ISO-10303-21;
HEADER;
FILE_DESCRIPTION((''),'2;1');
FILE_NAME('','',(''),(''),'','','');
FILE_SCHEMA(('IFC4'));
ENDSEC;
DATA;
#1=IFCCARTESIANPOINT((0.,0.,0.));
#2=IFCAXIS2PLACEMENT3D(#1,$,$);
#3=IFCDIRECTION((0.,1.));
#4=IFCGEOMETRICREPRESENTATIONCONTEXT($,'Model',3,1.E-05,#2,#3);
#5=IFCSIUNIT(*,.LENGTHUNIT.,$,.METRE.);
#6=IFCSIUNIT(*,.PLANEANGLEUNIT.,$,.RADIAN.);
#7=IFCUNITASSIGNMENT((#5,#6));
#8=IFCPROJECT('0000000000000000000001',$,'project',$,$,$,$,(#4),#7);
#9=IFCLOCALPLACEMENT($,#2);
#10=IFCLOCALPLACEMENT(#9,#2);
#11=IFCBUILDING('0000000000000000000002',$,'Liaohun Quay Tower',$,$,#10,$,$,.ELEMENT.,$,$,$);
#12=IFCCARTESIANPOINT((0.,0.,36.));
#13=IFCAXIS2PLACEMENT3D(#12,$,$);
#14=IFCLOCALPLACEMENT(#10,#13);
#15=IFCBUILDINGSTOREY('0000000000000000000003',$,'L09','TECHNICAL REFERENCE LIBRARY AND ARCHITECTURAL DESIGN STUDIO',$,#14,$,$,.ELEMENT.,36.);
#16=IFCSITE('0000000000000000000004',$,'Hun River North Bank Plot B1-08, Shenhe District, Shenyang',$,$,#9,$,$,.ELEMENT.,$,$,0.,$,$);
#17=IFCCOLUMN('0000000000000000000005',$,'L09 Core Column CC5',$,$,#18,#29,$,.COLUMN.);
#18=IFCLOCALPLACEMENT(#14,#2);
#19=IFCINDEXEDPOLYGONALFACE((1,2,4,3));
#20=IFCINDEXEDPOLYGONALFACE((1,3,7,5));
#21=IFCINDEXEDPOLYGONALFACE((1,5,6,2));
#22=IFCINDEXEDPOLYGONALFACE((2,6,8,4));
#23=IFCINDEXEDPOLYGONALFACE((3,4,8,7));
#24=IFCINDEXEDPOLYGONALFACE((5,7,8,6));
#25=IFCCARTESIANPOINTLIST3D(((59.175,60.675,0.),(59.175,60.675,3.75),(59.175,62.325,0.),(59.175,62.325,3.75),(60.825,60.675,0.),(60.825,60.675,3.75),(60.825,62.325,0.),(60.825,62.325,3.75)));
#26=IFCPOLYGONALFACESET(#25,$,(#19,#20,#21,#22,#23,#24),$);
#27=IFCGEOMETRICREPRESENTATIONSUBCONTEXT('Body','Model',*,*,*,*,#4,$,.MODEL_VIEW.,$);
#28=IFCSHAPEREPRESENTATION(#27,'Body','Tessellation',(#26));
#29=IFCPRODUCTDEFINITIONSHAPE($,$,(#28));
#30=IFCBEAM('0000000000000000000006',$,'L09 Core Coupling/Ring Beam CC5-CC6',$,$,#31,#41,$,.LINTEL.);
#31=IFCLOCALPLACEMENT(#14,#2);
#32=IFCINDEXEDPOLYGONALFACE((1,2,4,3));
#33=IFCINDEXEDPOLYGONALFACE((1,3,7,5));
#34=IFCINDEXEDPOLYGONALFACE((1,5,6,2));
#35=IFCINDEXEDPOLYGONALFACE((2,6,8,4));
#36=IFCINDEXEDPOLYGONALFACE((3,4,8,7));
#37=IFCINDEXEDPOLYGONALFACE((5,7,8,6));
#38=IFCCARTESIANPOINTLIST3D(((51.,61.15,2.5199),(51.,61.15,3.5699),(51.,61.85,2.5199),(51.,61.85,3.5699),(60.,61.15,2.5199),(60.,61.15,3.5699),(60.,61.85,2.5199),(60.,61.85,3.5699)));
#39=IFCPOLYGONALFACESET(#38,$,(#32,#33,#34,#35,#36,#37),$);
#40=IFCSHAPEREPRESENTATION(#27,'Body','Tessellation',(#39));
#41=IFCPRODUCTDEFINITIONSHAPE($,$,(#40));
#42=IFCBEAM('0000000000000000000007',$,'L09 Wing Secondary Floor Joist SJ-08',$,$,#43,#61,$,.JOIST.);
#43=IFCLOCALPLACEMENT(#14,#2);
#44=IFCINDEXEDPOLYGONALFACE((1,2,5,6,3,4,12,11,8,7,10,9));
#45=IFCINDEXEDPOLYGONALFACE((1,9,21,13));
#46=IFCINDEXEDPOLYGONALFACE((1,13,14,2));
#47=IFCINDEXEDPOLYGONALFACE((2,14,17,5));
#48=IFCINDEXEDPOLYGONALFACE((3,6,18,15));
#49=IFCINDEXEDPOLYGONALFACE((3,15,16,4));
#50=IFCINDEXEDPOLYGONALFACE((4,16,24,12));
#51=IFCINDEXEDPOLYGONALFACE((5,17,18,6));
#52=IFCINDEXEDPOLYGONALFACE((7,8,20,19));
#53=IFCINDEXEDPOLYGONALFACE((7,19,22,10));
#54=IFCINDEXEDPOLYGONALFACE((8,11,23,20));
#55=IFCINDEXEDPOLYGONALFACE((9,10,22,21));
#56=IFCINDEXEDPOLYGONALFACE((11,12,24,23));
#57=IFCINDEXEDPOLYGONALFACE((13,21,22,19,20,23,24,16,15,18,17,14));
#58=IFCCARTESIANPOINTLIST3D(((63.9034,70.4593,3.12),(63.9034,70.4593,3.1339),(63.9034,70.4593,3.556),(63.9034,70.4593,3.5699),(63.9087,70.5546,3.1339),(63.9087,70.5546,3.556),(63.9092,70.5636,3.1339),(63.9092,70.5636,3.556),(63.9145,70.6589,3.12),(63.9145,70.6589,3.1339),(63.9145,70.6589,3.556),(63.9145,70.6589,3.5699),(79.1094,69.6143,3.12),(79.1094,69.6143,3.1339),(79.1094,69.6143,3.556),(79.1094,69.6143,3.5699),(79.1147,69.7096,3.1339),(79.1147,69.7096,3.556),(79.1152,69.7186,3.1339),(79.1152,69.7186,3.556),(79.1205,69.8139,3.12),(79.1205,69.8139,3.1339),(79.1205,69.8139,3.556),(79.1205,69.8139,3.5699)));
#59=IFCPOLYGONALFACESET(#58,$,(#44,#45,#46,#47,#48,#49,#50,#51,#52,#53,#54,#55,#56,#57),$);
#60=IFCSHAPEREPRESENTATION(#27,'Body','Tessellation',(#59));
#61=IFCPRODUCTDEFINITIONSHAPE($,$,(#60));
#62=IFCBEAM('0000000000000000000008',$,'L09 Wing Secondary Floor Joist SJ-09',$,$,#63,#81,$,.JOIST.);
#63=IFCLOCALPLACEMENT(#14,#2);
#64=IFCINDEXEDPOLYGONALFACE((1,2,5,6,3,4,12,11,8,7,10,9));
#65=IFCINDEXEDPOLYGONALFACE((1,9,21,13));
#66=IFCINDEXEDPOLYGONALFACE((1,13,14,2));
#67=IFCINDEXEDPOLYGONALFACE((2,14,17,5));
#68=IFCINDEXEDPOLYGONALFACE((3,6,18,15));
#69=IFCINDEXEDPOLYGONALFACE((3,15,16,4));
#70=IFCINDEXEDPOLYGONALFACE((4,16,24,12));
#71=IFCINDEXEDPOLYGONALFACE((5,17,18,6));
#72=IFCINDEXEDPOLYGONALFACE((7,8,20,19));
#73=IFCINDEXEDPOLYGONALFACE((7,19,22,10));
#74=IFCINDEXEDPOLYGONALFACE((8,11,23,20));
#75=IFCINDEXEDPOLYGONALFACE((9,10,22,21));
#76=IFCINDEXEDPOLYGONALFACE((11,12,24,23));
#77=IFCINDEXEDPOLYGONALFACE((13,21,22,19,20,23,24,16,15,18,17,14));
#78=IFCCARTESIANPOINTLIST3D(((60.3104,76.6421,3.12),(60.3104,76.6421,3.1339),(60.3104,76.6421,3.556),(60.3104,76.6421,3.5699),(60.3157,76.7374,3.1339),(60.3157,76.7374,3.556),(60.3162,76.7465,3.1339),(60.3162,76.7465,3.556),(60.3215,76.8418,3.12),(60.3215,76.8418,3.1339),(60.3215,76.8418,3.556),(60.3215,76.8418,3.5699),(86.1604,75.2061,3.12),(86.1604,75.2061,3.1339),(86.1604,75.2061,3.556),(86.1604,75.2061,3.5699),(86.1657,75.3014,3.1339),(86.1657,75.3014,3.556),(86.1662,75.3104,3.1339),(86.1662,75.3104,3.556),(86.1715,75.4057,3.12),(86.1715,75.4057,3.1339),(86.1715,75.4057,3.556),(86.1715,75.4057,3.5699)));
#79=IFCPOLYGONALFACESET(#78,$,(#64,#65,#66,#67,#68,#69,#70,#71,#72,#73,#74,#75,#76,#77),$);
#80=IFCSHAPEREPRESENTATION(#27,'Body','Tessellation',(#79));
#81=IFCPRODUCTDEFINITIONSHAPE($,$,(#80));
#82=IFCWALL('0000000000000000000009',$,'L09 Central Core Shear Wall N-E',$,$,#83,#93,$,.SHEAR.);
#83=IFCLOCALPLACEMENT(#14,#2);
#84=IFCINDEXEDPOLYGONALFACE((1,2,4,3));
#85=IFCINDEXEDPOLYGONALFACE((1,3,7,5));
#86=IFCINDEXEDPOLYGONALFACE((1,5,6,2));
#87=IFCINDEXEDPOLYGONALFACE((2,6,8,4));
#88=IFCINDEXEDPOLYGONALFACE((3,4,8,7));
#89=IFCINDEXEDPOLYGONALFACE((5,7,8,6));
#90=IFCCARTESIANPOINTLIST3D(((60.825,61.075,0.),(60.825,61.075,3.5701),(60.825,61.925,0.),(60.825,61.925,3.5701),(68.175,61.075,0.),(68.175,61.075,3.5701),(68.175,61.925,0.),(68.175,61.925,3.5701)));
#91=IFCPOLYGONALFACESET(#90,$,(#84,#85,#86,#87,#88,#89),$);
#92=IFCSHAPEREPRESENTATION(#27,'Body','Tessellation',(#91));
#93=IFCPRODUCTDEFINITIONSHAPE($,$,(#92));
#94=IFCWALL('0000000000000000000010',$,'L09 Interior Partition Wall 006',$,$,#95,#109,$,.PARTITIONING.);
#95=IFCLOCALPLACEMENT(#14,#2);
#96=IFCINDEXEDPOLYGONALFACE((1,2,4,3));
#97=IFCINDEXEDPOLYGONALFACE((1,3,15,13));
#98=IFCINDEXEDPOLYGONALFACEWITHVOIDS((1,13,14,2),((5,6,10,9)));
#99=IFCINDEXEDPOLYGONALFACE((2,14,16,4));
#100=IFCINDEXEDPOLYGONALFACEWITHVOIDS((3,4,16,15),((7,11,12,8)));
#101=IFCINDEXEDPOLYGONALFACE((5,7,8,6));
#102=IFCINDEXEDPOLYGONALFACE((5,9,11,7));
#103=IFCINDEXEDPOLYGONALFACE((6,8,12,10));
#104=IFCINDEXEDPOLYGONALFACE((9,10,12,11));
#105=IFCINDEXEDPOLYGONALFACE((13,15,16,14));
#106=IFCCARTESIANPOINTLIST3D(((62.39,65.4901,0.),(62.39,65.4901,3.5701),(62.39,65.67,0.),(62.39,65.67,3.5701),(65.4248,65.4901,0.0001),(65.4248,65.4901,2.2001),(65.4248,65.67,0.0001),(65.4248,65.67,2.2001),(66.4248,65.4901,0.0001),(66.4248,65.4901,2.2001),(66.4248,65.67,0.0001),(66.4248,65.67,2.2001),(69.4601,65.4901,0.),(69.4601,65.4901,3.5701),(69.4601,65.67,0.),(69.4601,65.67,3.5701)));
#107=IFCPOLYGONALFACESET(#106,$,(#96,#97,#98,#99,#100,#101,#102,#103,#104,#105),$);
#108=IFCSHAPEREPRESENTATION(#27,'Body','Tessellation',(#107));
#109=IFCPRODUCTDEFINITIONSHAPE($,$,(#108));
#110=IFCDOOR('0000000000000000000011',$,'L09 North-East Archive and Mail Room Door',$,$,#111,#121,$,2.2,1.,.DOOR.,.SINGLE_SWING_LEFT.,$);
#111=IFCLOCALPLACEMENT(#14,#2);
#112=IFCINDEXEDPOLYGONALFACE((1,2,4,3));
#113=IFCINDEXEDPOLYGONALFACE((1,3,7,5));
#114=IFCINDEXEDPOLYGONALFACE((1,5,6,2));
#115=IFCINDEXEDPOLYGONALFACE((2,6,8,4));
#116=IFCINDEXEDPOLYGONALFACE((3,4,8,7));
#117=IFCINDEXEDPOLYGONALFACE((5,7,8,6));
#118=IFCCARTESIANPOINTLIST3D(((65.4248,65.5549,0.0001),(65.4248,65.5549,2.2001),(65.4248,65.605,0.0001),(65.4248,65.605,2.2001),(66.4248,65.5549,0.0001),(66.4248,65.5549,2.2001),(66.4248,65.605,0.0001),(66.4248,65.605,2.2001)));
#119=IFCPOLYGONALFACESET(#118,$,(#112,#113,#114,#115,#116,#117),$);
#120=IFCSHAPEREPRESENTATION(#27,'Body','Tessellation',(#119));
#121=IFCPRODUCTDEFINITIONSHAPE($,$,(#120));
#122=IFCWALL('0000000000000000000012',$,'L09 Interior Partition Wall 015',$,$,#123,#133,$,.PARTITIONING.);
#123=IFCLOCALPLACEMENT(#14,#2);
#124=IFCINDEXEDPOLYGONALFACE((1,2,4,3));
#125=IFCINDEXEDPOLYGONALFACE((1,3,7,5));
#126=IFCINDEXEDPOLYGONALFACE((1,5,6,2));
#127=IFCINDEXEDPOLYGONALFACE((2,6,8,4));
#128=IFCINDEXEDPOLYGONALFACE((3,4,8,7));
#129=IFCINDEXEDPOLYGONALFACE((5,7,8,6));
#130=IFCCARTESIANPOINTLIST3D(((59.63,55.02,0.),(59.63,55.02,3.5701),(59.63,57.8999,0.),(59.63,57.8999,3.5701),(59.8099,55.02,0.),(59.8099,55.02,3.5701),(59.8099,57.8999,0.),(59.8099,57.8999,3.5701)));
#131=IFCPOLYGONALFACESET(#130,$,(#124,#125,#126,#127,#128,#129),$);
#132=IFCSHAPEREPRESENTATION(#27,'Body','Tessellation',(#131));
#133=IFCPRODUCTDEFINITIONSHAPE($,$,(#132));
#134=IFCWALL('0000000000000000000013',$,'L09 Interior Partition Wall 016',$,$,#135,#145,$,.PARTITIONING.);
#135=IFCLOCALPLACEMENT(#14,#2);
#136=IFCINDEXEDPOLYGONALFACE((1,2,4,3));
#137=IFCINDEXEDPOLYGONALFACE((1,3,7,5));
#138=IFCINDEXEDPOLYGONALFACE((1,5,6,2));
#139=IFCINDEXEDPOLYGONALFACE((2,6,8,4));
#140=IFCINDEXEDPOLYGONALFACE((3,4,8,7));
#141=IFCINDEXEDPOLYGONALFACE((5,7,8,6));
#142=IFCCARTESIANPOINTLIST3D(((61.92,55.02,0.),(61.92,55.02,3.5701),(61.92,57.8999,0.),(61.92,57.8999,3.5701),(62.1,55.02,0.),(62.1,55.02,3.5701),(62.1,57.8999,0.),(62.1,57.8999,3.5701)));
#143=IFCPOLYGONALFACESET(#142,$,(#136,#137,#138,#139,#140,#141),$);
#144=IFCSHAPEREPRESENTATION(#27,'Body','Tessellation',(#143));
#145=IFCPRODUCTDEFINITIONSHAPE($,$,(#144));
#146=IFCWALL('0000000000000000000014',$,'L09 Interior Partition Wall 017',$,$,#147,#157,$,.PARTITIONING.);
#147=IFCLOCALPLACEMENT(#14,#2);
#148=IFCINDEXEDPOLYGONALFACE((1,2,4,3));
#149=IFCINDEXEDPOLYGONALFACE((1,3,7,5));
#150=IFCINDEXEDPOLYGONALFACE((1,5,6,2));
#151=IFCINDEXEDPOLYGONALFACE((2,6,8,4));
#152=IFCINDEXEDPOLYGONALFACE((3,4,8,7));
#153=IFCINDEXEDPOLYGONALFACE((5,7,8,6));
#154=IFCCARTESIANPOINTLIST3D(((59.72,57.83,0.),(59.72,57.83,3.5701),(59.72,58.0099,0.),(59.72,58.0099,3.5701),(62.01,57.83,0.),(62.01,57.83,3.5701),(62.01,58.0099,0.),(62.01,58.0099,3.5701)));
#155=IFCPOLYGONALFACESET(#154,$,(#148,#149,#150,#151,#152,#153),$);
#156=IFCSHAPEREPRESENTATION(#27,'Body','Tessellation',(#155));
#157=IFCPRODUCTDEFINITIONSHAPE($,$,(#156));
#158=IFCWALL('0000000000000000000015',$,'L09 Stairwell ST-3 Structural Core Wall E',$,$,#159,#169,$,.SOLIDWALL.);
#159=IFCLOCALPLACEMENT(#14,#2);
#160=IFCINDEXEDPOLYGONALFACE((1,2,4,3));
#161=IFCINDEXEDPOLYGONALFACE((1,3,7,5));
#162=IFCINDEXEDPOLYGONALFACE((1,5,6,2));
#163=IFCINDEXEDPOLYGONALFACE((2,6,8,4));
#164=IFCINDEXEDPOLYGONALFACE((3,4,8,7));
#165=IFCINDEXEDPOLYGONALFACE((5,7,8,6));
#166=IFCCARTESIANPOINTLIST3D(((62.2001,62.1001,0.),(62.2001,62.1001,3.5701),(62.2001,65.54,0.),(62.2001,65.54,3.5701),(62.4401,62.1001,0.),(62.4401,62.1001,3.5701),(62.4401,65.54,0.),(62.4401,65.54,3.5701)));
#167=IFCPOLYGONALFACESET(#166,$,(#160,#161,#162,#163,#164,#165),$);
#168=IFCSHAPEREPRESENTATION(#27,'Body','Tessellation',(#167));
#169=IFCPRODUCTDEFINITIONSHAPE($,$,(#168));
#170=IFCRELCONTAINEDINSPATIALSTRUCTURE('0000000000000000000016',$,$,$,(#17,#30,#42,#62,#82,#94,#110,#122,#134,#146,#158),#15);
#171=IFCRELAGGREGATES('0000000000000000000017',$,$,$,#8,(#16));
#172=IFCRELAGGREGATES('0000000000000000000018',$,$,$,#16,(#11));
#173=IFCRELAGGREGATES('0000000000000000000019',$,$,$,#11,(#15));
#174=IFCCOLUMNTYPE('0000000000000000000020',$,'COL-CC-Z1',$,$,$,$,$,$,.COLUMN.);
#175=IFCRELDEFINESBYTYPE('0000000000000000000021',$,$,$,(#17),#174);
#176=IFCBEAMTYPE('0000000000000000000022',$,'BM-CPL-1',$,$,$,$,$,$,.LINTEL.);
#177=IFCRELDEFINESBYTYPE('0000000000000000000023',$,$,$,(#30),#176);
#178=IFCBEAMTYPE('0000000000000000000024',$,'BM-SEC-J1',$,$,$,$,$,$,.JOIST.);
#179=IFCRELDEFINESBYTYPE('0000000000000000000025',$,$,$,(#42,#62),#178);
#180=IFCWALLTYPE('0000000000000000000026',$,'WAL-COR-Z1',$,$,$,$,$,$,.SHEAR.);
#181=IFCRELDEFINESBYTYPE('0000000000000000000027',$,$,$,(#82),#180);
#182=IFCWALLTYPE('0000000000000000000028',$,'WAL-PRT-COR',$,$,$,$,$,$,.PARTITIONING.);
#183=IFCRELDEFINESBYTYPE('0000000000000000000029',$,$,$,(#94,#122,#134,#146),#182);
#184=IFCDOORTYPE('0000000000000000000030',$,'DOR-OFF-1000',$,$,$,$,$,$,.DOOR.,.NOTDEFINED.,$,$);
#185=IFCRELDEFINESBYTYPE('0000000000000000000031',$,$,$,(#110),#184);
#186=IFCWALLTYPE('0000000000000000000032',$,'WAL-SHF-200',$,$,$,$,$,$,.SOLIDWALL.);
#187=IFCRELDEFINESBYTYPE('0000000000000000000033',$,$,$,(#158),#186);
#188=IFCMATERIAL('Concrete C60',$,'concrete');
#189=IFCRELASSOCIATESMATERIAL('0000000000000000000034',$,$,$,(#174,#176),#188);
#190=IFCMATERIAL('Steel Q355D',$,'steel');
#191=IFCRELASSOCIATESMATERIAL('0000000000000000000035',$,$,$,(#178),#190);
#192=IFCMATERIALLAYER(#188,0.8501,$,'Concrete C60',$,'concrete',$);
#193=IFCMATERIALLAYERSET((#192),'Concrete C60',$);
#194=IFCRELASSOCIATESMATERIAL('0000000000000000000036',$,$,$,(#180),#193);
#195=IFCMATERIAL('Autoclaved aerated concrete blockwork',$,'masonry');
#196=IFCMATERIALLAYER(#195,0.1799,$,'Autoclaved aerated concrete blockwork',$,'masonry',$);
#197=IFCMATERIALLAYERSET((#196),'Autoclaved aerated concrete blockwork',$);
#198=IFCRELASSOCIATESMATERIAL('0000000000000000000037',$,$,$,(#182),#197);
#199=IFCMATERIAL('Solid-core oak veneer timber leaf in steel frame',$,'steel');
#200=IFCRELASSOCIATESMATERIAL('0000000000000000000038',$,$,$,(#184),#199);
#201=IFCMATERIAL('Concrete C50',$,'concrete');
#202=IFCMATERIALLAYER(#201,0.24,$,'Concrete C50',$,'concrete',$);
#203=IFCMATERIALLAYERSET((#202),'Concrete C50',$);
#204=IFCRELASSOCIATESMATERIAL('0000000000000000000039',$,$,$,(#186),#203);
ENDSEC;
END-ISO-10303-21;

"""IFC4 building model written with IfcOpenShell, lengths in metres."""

from ifc_helpers import new_model, si_unit, direction, frame, frame_2d, origin, origin_2d, place, context, subcontext, project, spatial, rectangle, i_section, extrude, source, transform, mapped, material, layer, layer_set, material_profile, profile_set, type_object, element, fill, save


model = new_model("IFC4")

# Units and contexts
model_context = context("Model", 3, precision=1e-05, world=origin(), true_north=direction((0.0, 1.0)))
body_context = subcontext(model_context, "Body", "Model", "MODEL_VIEW")
ifc_project = project(units=[si_unit("LENGTHUNIT", "METRE"), si_unit("PLANEANGLEUNIT", "RADIAN")], contexts=[model_context])

# Site, building, storey
site_placement = place(None, origin())
site = spatial("IfcSite", under=ifc_project, at=site_placement, Name="Hun River North Bank Plot B1-08, Shenhe District, Shenyang", CompositionType="ELEMENT", RefElevation=0.0)
building_placement = place(site_placement, origin())
building = spatial("IfcBuilding", under=site, at=building_placement, Name="Liaohun Quay Tower", CompositionType="ELEMENT")
storey_placement = place(building_placement, frame((0.0, 0.0, 36.0)))
storey = spatial("IfcBuildingStorey", under=building, at=storey_placement, Name="L09", Description="TECHNICAL REFERENCE LIBRARY AND ARCHITECTURAL DESIGN STUDIO", CompositionType="ELEMENT", Elevation=36.0)

# Column
ifc_material_1 = material(Name="Concrete C60", Category="concrete")
ifc_material_profile_1 = material_profile(ifc_material_1, rectangle(XDim=1.6499, YDim=1.6499, at=origin_2d()), Name="RC1650x1650")
ifc_profile_set_1 = profile_set([ifc_material_profile_1], Name="Concrete C60")
column_type = type_object("IfcColumnType", Name="COL-CC-Z1", PredefinedType="COLUMN", material=ifc_profile_set_1)
shared_shape_1 = source(origin(), body_context, "Body", "SweptSolid", [
    extrude(rectangle(XDim=1.6499, YDim=1.6499, at=origin_2d()), origin(), (0.0, 0.0, 1.0), 3.75),
])
column_placement = place(storey_placement, frame((60.0, 61.5, 0.0), z_axis=(0.0, 0.0, 1.0), x_axis=(1.0, 0.0, 0.0)))
element("IfcColumn", 1, at=column_placement, inside=storey, type_object=column_type, Name="L09 Core Column CC5", PredefinedType="COLUMN", context=body_context, shape_type="MappedRepresentation", body=[
    mapped(shared_shape_1, transform((0.0, 0.0, 0.0), x_axis=(1.0, 0.0, 0.0), y_axis=(0.0, 1.0, 0.0), z_axis=(0.0, 0.0, 1.0), scale=1.0)),
])

# Beams
ifc_material_profile_2 = material_profile(ifc_material_1, rectangle(XDim=0.7, YDim=1.05, at=origin_2d()), Name="RC700x1050")
ifc_profile_set_2 = profile_set([ifc_material_profile_2], Name="Concrete C60")
beam_type_1 = type_object("IfcBeamType", Name="BM-CPL-1", PredefinedType="LINTEL", material=ifc_profile_set_2)
shared_shape_2 = source(origin(), body_context, "Body", "SweptSolid", [
    extrude(rectangle(XDim=0.7, YDim=1.05, at=origin_2d()), origin(), (0.0, 0.0, 1.0), 9.0),
])
beam_1_placement = place(storey_placement, frame((60.0, 61.5, 3.0449), z_axis=(-1.0, 0.0, 0.0), x_axis=(0.0, -1.0, 0.0)))
element("IfcBeam", 2, at=beam_1_placement, inside=storey, type_object=beam_type_1, Name="L09 Core Coupling/Ring Beam CC5-CC6", PredefinedType="LINTEL", context=body_context, shape_type="MappedRepresentation", body=[
    mapped(shared_shape_2, transform((0.0, 0.0, 0.0), x_axis=(1.0, 0.0, 0.0), y_axis=(0.0, 1.0, 0.0), z_axis=(0.0, 0.0, 1.0), scale=1.0)),
])
ifc_material_2 = material(Name="Steel Q355D", Category="steel")
ifc_material_profile_3 = material_profile(ifc_material_2, i_section(OverallWidth=0.2, OverallDepth=0.45, WebThickness=0.009, FlangeThickness=0.0139, at=origin_2d()), Name="HN450x200x9x14")
ifc_profile_set_3 = profile_set([ifc_material_profile_3], Name="Steel Q355D")
beam_type_2 = type_object("IfcBeamType", Name="BM-SEC-J1", PredefinedType="JOIST", material=ifc_profile_set_3)
shared_shape_3 = source(origin(), body_context, "Body", "SweptSolid", [
    extrude(i_section(OverallWidth=0.2, OverallDepth=0.45, WebThickness=0.009, FlangeThickness=0.0139, at=origin_2d()), origin(), (0.0, 0.0, 1.0), 15.2295),
])
beam_2_placement = place(storey_placement, frame((63.9089, 70.5591, 3.345), z_axis=(0.99846, -0.055482, 0.0), x_axis=(0.055482, 0.99846, 0.0)))
element("IfcBeam", 3, at=beam_2_placement, inside=storey, type_object=beam_type_2, Name="L09 Wing Secondary Floor Joist SJ-08", PredefinedType="JOIST", context=body_context, shape_type="MappedRepresentation", body=[
    mapped(shared_shape_3, transform((0.0, 0.0, 0.0), x_axis=(1.0, 0.0, 0.0), y_axis=(0.0, 1.0, 0.0), z_axis=(0.0, 0.0, 1.0), scale=1.0)),
])
shared_shape_4 = source(origin(), body_context, "Body", "SweptSolid", [
    extrude(i_section(OverallWidth=0.2, OverallDepth=0.45, WebThickness=0.009, FlangeThickness=0.0139, at=origin_2d()), origin(), (0.0, 0.0, 1.0), 25.8899),
])
beam_3_placement = place(storey_placement, frame((60.3159, 76.7419, 3.345), z_axis=(0.998461, -0.055467, 0.0), x_axis=(0.055467, 0.998461, 0.0)))
element("IfcBeam", 4, at=beam_3_placement, inside=storey, type_object=beam_type_2, Name="L09 Wing Secondary Floor Joist SJ-09", PredefinedType="JOIST", context=body_context, shape_type="MappedRepresentation", body=[
    mapped(shared_shape_4, transform((0.0, 0.0, 0.0), x_axis=(1.0, 0.0, 0.0), y_axis=(0.0, 1.0, 0.0), z_axis=(0.0, 0.0, 1.0), scale=1.0)),
])

# Wall
ifc_layer_1 = layer(ifc_material_1, 0.8501, Name="Concrete C60", Category="concrete")
ifc_layer_set_1 = layer_set([ifc_layer_1], Name="Concrete C60")
wall_type_1 = type_object("IfcWallType", Name="WAL-COR-Z1", PredefinedType="SHEAR", material=ifc_layer_set_1)
wall_1_placement = place(storey_placement, frame((60.825, 61.5, 0.0), z_axis=(0.0, 0.0, 1.0), x_axis=(1.0, 0.0, 0.0)))
element("IfcWall", 5, at=wall_1_placement, inside=storey, type_object=wall_type_1, Name="L09 Central Core Shear Wall N-E", PredefinedType="SHEAR", context=body_context, shape_type="SweptSolid", body=[
    extrude(rectangle(XDim=7.3501, YDim=0.8501, at=frame_2d((3.675, 0.0))), origin(), (0.0, 0.0, 1.0), 3.5701),
])

# Wall, opening, door
ifc_material_3 = material(Name="Autoclaved aerated concrete blockwork", Category="masonry")
ifc_layer_2 = layer(ifc_material_3, 0.1799, Name="Autoclaved aerated concrete blockwork", Category="masonry")
ifc_layer_set_2 = layer_set([ifc_layer_2], Name="Autoclaved aerated concrete blockwork")
wall_type_2 = type_object("IfcWallType", Name="WAL-PRT-COR", PredefinedType="PARTITIONING", material=ifc_layer_set_2)
wall_2_placement = place(storey_placement, frame((62.3899, 65.5801, 0.0), z_axis=(0.0, 0.0, 1.0), x_axis=(1.0, 0.0, 0.0)))
wall_2 = element("IfcWall", 6, at=wall_2_placement, inside=storey, type_object=wall_type_2, Name="L09 Interior Partition Wall 006", PredefinedType="PARTITIONING", context=body_context, shape_type="SweptSolid", body=[
    extrude(rectangle(XDim=7.0701, YDim=0.1799, at=frame_2d((3.5352, 0.0))), origin(), (0.0, 0.0, 1.0), 3.5701),
])
shared_shape_5 = source(origin(), body_context, "Body", "SweptSolid", [
    extrude(rectangle(XDim=1.0, YDim=2.2, at=frame_2d((0.5, 1.1001))), frame((0.0, 0.0999, 0.0), z_axis=(0.0, -1.0, 0.0), x_axis=(1.0, 0.0, 0.0)), (0.0, 0.0, 1.0), 0.2),
])
opening_1_placement = place(wall_2_placement, frame((3.0349, 0.0, 0.0)))
opening_1 = element("IfcOpeningElement", 7, at=opening_1_placement, cuts=wall_2, PredefinedType="OPENING", context=body_context, shape_type="MappedRepresentation", body=[
    mapped(shared_shape_5, transform((0.0, 0.0, 0.0), x_axis=(1.0, 0.0, 0.0), y_axis=(0.0, 1.0, 0.0), z_axis=(0.0, 0.0, 1.0), scale=1.0)),
])
ifc_material_4 = material(Name="Solid-core oak veneer timber leaf in steel frame", Category="steel")
door_type_1 = type_object("IfcDoorType", Name="DOR-OFF-1000", OperationType="NOTDEFINED", PredefinedType="DOOR", material=ifc_material_4)
shared_shape_6 = source(origin(), body_context, "Body", "SweptSolid", [
    extrude(rectangle(XDim=1.0, YDim=2.2, at=frame_2d((0.5, 1.1001))), frame((0.0, 0.0249, 0.0), z_axis=(0.0, -1.0, 0.0), x_axis=(1.0, 0.0, 0.0)), (0.0, 0.0, 1.0), 0.05),
])
door_1_placement = place(opening_1_placement, origin())
door_1 = element("IfcDoor", 8, at=door_1_placement, inside=storey, type_object=door_type_1, Name="L09 North-East Archive and Mail Room Door", OperationType="SINGLE_SWING_LEFT", OverallHeight=2.2, OverallWidth=1.0, PredefinedType="DOOR", context=body_context, shape_type="MappedRepresentation", body=[
    mapped(shared_shape_6, transform((0.0, 0.0, 0.0), x_axis=(1.0, 0.0, 0.0), y_axis=(0.0, 1.0, 0.0), z_axis=(0.0, 0.0, 1.0), scale=1.0)),
])
fill(opening_1, door_1)

# Walls
for number, where, z_axis, x_axis, name in (
    (9, (59.72, 55.02, 0.0), (0.0, 0.0, 1.0), (0.0, 1.0, 0.0), "L09 Interior Partition Wall 015"),
    (10, (62.01, 55.02, 0.0), (0.0, 0.0, 1.0), (0.0, 1.0, 0.0), "L09 Interior Partition Wall 016"),
):
    element("IfcWall", number, at=place(storey_placement, frame(where, z_axis=z_axis, x_axis=x_axis)), inside=storey, type_object=wall_type_2, Name=name, PredefinedType="PARTITIONING", context=body_context, shape_type="SweptSolid", body=[
        extrude(rectangle(XDim=2.8799, YDim=0.1799, at=frame_2d((1.4399, 0.0))), origin(), (0.0, 0.0, 1.0), 3.5701),
    ])
wall_3_placement = place(storey_placement, frame((59.72, 57.9199, 0.0), z_axis=(0.0, 0.0, 1.0), x_axis=(1.0, 0.0, 0.0)))
element("IfcWall", 11, at=wall_3_placement, inside=storey, type_object=wall_type_2, Name="L09 Interior Partition Wall 017", PredefinedType="PARTITIONING", context=body_context, shape_type="SweptSolid", body=[
    extrude(rectangle(XDim=2.29, YDim=0.1799, at=frame_2d((1.145, 0.0))), origin(), (0.0, 0.0, 1.0), 3.5701),
])
ifc_material_5 = material(Name="Concrete C50", Category="concrete")
ifc_layer_3 = layer(ifc_material_5, 0.24, Name="Concrete C50", Category="concrete")
ifc_layer_set_3 = layer_set([ifc_layer_3], Name="Concrete C50")
wall_type_3 = type_object("IfcWallType", Name="WAL-SHF-200", PredefinedType="SOLIDWALL", material=ifc_layer_set_3)
wall_4_placement = place(storey_placement, frame((62.3201, 62.1001, 0.0), z_axis=(0.0, 0.0, 1.0), x_axis=(0.0, 1.0, 0.0)))
element("IfcWall", 12, at=wall_4_placement, inside=storey, type_object=wall_type_3, Name="L09 Stairwell ST-3 Structural Core Wall E", PredefinedType="SOLIDWALL", context=body_context, shape_type="SweptSolid", body=[
    extrude(rectangle(XDim=3.4399, YDim=0.24, at=frame_2d((1.72, 0.0))), origin(), (0.0, 0.0, 1.0), 3.5701),
])

save(model, "model.ifc")
